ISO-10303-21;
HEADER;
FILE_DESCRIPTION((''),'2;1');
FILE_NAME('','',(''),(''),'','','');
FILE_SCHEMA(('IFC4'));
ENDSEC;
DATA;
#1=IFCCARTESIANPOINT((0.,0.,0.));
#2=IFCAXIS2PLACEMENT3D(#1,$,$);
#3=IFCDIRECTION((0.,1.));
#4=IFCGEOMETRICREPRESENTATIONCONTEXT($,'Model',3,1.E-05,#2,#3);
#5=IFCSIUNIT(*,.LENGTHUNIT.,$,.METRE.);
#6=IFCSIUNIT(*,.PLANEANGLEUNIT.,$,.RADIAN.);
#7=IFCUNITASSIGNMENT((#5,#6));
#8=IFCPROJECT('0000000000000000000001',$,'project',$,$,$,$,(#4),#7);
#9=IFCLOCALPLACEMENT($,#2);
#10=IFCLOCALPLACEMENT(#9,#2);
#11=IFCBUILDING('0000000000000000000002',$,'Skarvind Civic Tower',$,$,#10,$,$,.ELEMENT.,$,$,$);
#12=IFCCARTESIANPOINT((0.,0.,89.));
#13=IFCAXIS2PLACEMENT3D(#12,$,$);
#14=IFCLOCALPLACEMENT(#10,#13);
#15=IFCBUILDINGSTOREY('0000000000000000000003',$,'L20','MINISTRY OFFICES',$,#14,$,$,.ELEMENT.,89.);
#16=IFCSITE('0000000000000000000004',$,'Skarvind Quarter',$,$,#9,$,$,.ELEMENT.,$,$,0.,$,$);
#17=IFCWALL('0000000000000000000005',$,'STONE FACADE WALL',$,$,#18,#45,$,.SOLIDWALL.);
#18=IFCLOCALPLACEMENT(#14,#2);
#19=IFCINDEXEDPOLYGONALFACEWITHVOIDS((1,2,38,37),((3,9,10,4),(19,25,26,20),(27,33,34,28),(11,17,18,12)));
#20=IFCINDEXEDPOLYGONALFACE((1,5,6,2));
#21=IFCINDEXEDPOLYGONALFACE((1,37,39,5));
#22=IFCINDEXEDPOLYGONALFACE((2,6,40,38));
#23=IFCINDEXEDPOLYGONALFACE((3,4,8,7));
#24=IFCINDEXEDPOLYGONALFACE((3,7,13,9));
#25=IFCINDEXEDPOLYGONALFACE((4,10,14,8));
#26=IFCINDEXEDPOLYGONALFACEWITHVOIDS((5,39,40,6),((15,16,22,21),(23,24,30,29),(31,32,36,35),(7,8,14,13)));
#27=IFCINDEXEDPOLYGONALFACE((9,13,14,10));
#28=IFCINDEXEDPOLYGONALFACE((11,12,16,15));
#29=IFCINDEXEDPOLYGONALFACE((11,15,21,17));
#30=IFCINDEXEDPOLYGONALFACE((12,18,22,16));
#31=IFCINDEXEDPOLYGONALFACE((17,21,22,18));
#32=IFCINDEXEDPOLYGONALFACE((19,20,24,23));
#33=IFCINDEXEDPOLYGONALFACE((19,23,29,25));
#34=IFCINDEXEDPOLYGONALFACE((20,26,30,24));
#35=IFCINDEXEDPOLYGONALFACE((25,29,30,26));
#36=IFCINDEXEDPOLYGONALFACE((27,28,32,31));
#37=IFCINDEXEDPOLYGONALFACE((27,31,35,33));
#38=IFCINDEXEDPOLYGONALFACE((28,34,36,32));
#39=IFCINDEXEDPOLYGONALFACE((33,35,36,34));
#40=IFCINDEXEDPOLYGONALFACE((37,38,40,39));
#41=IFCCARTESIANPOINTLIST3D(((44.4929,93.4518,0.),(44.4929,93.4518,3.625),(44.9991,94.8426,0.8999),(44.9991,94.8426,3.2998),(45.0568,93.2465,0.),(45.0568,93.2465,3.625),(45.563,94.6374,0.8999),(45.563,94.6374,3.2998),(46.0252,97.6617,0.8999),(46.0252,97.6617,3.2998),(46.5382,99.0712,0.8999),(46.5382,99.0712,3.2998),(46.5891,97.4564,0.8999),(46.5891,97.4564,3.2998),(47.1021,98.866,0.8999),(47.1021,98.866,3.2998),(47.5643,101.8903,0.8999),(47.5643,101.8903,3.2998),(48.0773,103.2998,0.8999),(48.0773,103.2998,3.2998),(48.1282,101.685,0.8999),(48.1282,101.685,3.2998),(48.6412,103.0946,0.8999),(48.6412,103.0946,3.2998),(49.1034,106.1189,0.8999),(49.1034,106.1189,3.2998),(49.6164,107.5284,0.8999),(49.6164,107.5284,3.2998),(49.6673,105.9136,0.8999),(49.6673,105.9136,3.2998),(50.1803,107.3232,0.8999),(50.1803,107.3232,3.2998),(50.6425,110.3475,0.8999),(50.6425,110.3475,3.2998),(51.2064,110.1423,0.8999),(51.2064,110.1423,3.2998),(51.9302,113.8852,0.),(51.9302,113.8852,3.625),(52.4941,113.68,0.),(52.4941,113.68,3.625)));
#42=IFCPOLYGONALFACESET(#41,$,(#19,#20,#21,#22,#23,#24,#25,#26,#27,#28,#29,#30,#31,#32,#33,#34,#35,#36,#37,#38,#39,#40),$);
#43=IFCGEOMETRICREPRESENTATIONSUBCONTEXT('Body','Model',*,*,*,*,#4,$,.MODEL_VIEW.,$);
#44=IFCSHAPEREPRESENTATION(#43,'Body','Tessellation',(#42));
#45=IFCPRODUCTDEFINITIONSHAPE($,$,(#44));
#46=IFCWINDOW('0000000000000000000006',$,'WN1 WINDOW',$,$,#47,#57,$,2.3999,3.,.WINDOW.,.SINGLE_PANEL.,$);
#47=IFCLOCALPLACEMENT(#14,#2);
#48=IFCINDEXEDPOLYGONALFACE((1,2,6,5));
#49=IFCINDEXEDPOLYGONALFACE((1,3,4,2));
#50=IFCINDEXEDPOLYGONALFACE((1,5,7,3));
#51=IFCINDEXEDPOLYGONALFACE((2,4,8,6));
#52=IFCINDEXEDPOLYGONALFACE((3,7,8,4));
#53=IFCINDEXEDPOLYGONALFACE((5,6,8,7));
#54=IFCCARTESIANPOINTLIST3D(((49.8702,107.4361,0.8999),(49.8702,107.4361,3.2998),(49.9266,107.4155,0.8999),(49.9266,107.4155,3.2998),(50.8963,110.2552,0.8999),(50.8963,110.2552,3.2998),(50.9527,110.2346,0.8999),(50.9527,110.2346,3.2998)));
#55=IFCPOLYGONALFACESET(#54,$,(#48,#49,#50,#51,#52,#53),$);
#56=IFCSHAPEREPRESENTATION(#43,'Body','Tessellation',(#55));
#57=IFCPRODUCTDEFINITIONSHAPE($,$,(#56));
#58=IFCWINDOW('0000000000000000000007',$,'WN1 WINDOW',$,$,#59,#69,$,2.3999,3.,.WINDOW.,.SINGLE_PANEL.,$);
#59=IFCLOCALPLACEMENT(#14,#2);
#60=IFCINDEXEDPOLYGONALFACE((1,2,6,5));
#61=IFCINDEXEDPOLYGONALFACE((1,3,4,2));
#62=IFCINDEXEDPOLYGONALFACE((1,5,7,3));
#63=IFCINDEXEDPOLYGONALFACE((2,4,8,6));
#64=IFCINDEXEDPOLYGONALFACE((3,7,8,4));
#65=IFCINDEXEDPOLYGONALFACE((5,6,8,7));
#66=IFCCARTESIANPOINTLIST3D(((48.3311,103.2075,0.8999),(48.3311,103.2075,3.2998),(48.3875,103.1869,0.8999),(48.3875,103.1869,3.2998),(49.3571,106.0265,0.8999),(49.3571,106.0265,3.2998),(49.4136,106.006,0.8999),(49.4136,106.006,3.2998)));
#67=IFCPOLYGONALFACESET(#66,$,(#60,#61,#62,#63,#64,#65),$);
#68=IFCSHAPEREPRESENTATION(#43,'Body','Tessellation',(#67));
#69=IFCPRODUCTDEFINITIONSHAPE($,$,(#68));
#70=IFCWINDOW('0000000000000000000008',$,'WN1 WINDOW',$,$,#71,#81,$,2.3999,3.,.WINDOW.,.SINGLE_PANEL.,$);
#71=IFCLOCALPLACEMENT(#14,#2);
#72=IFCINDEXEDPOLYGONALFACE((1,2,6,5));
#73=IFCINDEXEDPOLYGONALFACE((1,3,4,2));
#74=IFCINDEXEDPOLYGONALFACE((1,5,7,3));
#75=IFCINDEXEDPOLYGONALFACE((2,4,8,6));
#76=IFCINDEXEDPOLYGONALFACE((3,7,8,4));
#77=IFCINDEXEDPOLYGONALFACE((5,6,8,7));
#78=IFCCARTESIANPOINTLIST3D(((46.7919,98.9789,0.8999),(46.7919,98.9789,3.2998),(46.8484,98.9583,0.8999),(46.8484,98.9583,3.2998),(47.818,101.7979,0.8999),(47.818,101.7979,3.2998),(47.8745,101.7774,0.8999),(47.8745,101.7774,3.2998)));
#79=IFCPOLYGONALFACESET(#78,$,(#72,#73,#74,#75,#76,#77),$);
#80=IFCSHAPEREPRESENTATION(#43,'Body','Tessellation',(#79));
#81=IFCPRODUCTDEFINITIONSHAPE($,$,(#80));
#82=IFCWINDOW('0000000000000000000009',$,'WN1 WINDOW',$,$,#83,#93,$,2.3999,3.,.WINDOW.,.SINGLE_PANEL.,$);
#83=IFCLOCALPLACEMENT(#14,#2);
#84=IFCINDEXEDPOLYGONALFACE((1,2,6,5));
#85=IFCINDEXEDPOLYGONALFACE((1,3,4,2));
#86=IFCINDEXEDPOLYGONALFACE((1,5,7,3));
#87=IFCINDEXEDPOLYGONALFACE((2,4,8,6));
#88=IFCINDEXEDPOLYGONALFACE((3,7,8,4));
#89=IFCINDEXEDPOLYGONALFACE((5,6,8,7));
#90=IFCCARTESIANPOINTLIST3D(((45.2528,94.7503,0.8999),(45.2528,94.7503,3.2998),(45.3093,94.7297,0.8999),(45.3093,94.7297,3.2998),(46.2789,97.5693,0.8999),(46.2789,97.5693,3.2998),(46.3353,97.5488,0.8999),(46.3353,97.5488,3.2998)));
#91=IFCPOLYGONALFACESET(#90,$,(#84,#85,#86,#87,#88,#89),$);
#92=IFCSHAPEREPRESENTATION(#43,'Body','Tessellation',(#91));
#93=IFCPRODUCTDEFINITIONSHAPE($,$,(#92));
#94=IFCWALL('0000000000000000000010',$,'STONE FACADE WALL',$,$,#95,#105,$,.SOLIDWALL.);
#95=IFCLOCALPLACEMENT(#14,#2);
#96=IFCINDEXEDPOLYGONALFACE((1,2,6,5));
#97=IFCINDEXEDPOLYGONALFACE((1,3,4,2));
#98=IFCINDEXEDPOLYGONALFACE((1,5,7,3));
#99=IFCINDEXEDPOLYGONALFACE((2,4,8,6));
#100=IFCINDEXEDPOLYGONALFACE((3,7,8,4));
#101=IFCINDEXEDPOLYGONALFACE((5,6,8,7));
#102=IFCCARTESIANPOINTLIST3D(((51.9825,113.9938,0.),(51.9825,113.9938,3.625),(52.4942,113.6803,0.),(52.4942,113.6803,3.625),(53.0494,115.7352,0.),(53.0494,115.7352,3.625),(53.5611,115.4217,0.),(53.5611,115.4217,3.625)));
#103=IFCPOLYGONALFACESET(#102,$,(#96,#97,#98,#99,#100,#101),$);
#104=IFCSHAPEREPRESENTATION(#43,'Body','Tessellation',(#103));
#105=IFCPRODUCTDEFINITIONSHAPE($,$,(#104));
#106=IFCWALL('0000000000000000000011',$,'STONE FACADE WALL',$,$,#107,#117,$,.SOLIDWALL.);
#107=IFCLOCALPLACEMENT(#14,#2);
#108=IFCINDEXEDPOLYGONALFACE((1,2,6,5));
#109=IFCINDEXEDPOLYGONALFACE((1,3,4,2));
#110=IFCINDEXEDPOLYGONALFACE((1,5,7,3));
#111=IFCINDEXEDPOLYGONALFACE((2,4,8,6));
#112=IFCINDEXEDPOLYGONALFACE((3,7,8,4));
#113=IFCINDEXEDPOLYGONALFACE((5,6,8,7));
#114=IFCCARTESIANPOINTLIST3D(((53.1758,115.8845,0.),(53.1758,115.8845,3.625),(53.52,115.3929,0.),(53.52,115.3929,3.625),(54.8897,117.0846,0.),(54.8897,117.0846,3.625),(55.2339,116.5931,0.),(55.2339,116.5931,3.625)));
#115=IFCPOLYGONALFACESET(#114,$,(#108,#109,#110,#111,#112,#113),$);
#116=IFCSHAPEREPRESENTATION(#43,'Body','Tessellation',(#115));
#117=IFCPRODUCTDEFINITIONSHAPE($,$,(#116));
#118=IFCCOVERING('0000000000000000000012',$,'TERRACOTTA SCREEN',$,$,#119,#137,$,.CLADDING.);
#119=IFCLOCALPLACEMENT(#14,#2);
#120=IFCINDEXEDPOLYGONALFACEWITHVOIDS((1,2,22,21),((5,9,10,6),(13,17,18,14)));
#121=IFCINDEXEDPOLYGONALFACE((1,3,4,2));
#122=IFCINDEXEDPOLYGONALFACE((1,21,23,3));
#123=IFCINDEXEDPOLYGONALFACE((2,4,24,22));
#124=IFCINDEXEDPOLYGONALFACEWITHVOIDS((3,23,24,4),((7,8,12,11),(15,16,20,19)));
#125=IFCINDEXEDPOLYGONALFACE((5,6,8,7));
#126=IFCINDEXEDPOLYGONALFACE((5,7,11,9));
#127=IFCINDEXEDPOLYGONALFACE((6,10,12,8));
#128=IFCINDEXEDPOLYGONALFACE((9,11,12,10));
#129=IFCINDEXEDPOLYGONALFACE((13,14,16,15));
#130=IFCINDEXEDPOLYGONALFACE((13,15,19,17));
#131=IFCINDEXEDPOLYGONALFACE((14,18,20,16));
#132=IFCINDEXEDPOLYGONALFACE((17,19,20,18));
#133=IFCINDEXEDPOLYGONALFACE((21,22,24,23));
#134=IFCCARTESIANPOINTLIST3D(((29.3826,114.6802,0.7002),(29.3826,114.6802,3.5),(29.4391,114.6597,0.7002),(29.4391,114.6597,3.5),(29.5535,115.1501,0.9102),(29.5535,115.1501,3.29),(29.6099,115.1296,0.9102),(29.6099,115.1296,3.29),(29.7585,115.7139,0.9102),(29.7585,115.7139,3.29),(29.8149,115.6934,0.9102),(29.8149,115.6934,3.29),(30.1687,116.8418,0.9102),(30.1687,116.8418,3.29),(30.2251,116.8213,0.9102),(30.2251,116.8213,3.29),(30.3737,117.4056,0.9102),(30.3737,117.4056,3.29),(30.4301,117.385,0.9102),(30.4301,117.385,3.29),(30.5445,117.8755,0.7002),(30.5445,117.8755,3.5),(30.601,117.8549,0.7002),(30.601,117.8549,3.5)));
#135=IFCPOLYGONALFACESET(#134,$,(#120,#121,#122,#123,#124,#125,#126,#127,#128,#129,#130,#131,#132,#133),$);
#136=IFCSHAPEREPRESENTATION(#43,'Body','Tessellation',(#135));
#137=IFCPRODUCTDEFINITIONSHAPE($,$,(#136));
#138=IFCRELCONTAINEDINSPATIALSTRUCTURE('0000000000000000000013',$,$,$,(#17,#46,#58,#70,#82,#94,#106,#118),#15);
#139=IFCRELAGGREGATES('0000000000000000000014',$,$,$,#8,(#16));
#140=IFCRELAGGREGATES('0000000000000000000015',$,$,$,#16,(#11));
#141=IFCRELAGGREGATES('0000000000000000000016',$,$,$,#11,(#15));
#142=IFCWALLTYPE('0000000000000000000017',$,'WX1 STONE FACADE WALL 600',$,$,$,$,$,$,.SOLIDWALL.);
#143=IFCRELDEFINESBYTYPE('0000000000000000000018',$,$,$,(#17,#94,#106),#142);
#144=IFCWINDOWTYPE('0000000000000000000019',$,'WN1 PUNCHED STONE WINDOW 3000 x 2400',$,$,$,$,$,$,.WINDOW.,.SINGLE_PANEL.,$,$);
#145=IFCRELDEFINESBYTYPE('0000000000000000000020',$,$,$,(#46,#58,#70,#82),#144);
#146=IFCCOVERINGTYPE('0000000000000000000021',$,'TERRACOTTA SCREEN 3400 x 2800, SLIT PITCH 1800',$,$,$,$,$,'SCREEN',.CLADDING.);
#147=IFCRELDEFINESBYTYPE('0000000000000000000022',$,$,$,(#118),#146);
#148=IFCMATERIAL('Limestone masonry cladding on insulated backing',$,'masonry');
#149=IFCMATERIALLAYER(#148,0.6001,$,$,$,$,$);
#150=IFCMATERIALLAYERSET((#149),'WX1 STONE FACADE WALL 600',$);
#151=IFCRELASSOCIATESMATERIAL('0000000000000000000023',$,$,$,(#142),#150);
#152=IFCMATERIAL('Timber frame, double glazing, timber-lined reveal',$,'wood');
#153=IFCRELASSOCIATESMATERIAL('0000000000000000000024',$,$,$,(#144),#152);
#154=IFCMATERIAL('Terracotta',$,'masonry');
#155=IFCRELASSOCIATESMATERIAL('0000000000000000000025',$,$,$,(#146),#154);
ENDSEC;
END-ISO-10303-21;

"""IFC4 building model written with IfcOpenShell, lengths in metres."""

from ifc_helpers import new_model, si_unit, direction, frame, frame_2d, origin, place, context, subcontext, project, spatial, polyline, rectangle, outline, extrude, material, layer, layer_set, material_profile, profile_set, type_object, element, fill, save


model = new_model("IFC4")

# Units and contexts
model_context = context("Model", 3, precision=1e-05, world=origin(), true_north=direction((0.0, 1.0)))
body_context = subcontext(model_context, "Body", "Model", "MODEL_VIEW")
ifc_project = project(units=[si_unit("LENGTHUNIT", "METRE"), si_unit("PLANEANGLEUNIT", "RADIAN")], contexts=[model_context])

# Site, building, storey
site_placement = place(None, origin())
site = spatial("IfcSite", under=ifc_project, at=site_placement, Name="Skarvind Quarter", CompositionType="ELEMENT", RefElevation=0.0)
building_placement = place(site_placement, origin())
building = spatial("IfcBuilding", under=site, at=building_placement, Name="Skarvind Civic Tower", CompositionType="ELEMENT")
storey_placement = place(building_placement, frame((0.0, 0.0, 89.0)))
storey = spatial("IfcBuildingStorey", under=building, at=storey_placement, Name="L20", Description="MINISTRY OFFICES", CompositionType="ELEMENT", Elevation=89.0)

# Wall, openings, windows
ifc_material_1 = material(Name="Limestone masonry cladding on insulated backing", Category="masonry")
ifc_layer_1 = layer(ifc_material_1, 0.6001)
ifc_layer_set_1 = layer_set([ifc_layer_1], Name="WX1 STONE FACADE WALL 600")
wall_type_1 = type_object("IfcWallType", Name="WX1 STONE FACADE WALL 600", PredefinedType="SOLIDWALL", material=ifc_layer_set_1)
wall_1_placement = place(storey_placement, frame((52.2122, 113.7827, 0.0), z_axis=(0.0, 0.0, 1.0), x_axis=(-0.342025, -0.939691, 0.0)))
wall_1 = element("IfcWall", 1, at=wall_1_placement, inside=storey, type_object=wall_type_1, Name="STONE FACADE WALL", PredefinedType="SOLIDWALL", context=body_context, shape_type="SweptSolid", body=[
    extrude(rectangle(XDim=21.7449, YDim=0.6001, at=frame_2d((10.8726, 0.0))), origin(), (0.0, 0.0, 1.0), 3.625),
])
opening_1_placement = place(wall_1_placement, frame((3.7649, 0.0, 0.8999)))
opening_1 = element("IfcOpeningElement", 2, at=opening_1_placement, cuts=wall_1, PredefinedType="OPENING", context=body_context, shape_type="SweptSolid", body=[
    extrude(rectangle(XDim=3.0, YDim=2.3999, at=frame_2d((1.5, 1.2))), frame((0.0, 0.3101, 0.0), z_axis=(0.0, -1.0, 0.0), x_axis=(1.0, 0.0, 0.0)), (0.0, 0.0, 1.0), 0.6201),
])
opening_2_placement = place(wall_1_placement, frame((8.2649, 0.0, 0.8999)))
opening_2 = element("IfcOpeningElement", 3, at=opening_2_placement, cuts=wall_1, PredefinedType="OPENING", context=body_context, shape_type="SweptSolid", body=[
    extrude(rectangle(XDim=3.0, YDim=2.3999, at=frame_2d((1.5, 1.2))), frame((0.0, 0.3101, 0.0), z_axis=(0.0, -1.0, 0.0), x_axis=(1.0, 0.0, 0.0)), (0.0, 0.0, 1.0), 0.6201),
])
opening_3_placement = place(wall_1_placement, frame((12.7649, 0.0, 0.8999)))
opening_3 = element("IfcOpeningElement", 4, at=opening_3_placement, cuts=wall_1, PredefinedType="OPENING", context=body_context, shape_type="SweptSolid", body=[
    extrude(rectangle(XDim=3.0, YDim=2.3999, at=frame_2d((1.5, 1.2))), frame((0.0, 0.3101, 0.0), z_axis=(0.0, -1.0, 0.0), x_axis=(1.0, 0.0, 0.0)), (0.0, 0.0, 1.0), 0.6201),
])
opening_4_placement = place(wall_1_placement, frame((17.2649, 0.0, 0.8999)))
opening_4 = element("IfcOpeningElement", 5, at=opening_4_placement, cuts=wall_1, PredefinedType="OPENING", context=body_context, shape_type="SweptSolid", body=[
    extrude(rectangle(XDim=3.0, YDim=2.3999, at=frame_2d((1.5, 1.2))), frame((0.0, 0.3101, 0.0), z_axis=(0.0, -1.0, 0.0), x_axis=(1.0, 0.0, 0.0)), (0.0, 0.0, 1.0), 0.6201),
])
ifc_material_2 = material(Name="Timber frame, double glazing, timber-lined reveal", Category="wood")
window_type = type_object("IfcWindowType", Name="WN1 PUNCHED STONE WINDOW 3000 x 2400", PartitioningType="SINGLE_PANEL", PredefinedType="WINDOW", material=ifc_material_2)
window_1_placement = place(opening_1_placement, origin())
window_1 = element("IfcWindow", 6, at=window_1_placement, inside=storey, type_object=window_type, Name="WN1 WINDOW", OverallHeight=2.3999, OverallWidth=3.0, PartitioningType="SINGLE_PANEL", PredefinedType="WINDOW", context=body_context, shape_type="SweptSolid", body=[
    extrude(rectangle(XDim=3.0, YDim=2.3999, at=frame_2d((1.5, 1.2))), frame((0.0, 0.03, 0.0), z_axis=(0.0, -1.0, 0.0), x_axis=(1.0, 0.0, 0.0)), (0.0, 0.0, 1.0), 0.0601),
])
fill(opening_1, window_1)
window_2_placement = place(opening_2_placement, origin())
window_2 = element("IfcWindow", 7, at=window_2_placement, inside=storey, type_object=window_type, Name="WN1 WINDOW", OverallHeight=2.3999, OverallWidth=3.0, PartitioningType="SINGLE_PANEL", PredefinedType="WINDOW", context=body_context, shape_type="SweptSolid", body=[
    extrude(rectangle(XDim=3.0, YDim=2.3999, at=frame_2d((1.5, 1.2))), frame((0.0, 0.03, 0.0), z_axis=(0.0, -1.0, 0.0), x_axis=(1.0, 0.0, 0.0)), (0.0, 0.0, 1.0), 0.0601),
])
fill(opening_2, window_2)
window_3_placement = place(opening_3_placement, origin())
window_3 = element("IfcWindow", 8, at=window_3_placement, inside=storey, type_object=window_type, Name="WN1 WINDOW", OverallHeight=2.3999, OverallWidth=3.0, PartitioningType="SINGLE_PANEL", PredefinedType="WINDOW", context=body_context, shape_type="SweptSolid", body=[
    extrude(rectangle(XDim=3.0, YDim=2.3999, at=frame_2d((1.5, 1.2))), frame((0.0, 0.03, 0.0), z_axis=(0.0, -1.0, 0.0), x_axis=(1.0, 0.0, 0.0)), (0.0, 0.0, 1.0), 0.0601),
])
fill(opening_3, window_3)
window_4_placement = place(opening_4_placement, origin())
window_4 = element("IfcWindow", 9, at=window_4_placement, inside=storey, type_object=window_type, Name="WN1 WINDOW", OverallHeight=2.3999, OverallWidth=3.0, PartitioningType="SINGLE_PANEL", PredefinedType="WINDOW", context=body_context, shape_type="SweptSolid", body=[
    extrude(rectangle(XDim=3.0, YDim=2.3999, at=frame_2d((1.5, 1.2))), frame((0.0, 0.03, 0.0), z_axis=(0.0, -1.0, 0.0), x_axis=(1.0, 0.0, 0.0)), (0.0, 0.0, 1.0), 0.0601),
])
fill(opening_4, window_4)

# Walls
wall_2_placement = place(storey_placement, frame((53.3052, 115.5784, 0.0), z_axis=(0.0, 0.0, 1.0), x_axis=(-0.522402, -0.852699, 0.0)))
element("IfcWall", 10, at=wall_2_placement, inside=storey, type_object=wall_type_1, Name="STONE FACADE WALL", PredefinedType="SOLIDWALL", context=body_context, shape_type="SweptSolid", body=[
    extrude(rectangle(XDim=2.0422, YDim=0.6001, at=frame_2d((1.021, 0.0))), origin(), (0.0, 0.0, 1.0), 3.625),
])
wall_3_placement = place(storey_placement, frame((55.0618, 116.8389, 0.0), z_axis=(0.0, 0.0, 1.0), x_axis=(-0.819122, -0.573619, 0.0)))
element("IfcWall", 11, at=wall_3_placement, inside=storey, type_object=wall_type_1, Name="STONE FACADE WALL", PredefinedType="SOLIDWALL", context=body_context, shape_type="SweptSolid", body=[
    extrude(rectangle(XDim=2.0923, YDim=0.6001, at=frame_2d((1.0461, 0.0))), origin(), (0.0, 0.0, 1.0), 3.625),
])

# Covering
ifc_material_3 = material(Name="Terracotta", Category="masonry")
ifc_material_profile_1 = material_profile(ifc_material_3, outline(polyline([(-1.7, -1.3999), (1.7, -1.3999), (1.7, 1.3999), (-1.7, 1.3999), (-1.7, -1.3999)]), holes=[polyline([(-1.2, -1.1899), (-0.6001, -1.1899), (-0.6001, 1.1899), (-1.2, 1.1899), (-1.2, -1.1899)]), polyline([(0.6001, -1.1899), (1.2, -1.1899), (1.2, 1.1899), (0.6001, 1.1899), (0.6001, -1.1899)])]), Name="TERRACOTTA SCREEN 3400 x 2800, SLIT PITCH 1800")
ifc_profile_set_1 = profile_set([ifc_material_profile_1], Name="Terracotta")
covering_type = type_object("IfcCoveringType", Name="TERRACOTTA SCREEN 3400 x 2800, SLIT PITCH 1800", ElementType="SCREEN", PredefinedType="CLADDING", material=ifc_profile_set_1)
covering_placement = place(storey_placement, frame((30.02, 116.2573, 2.1001), z_axis=(-0.939793, 0.341743, 0.0), x_axis=(-0.341743, -0.939793, 0.0)))
element("IfcCovering", 12, at=covering_placement, inside=storey, type_object=covering_type, Name="TERRACOTTA SCREEN", PredefinedType="CLADDING", context=body_context, shape_type="SweptSolid", body=[
    extrude(outline(polyline([(-1.7, -1.3999), (1.7, -1.3999), (1.7, 1.3999), (-1.7, 1.3999), (-1.7, -1.3999)]), holes=[polyline([(-1.2, -1.1899), (-0.6001, -1.1899), (-0.6001, 1.1899), (-1.2, 1.1899), (-1.2, -1.1899)]), polyline([(0.6001, -1.1899), (1.2, -1.1899), (1.2, 1.1899), (0.6001, 1.1899), (0.6001, -1.1899)])]), origin(), (0.0, 0.0, 1.0), 0.0601),
])

save(model, "model.ifc")
